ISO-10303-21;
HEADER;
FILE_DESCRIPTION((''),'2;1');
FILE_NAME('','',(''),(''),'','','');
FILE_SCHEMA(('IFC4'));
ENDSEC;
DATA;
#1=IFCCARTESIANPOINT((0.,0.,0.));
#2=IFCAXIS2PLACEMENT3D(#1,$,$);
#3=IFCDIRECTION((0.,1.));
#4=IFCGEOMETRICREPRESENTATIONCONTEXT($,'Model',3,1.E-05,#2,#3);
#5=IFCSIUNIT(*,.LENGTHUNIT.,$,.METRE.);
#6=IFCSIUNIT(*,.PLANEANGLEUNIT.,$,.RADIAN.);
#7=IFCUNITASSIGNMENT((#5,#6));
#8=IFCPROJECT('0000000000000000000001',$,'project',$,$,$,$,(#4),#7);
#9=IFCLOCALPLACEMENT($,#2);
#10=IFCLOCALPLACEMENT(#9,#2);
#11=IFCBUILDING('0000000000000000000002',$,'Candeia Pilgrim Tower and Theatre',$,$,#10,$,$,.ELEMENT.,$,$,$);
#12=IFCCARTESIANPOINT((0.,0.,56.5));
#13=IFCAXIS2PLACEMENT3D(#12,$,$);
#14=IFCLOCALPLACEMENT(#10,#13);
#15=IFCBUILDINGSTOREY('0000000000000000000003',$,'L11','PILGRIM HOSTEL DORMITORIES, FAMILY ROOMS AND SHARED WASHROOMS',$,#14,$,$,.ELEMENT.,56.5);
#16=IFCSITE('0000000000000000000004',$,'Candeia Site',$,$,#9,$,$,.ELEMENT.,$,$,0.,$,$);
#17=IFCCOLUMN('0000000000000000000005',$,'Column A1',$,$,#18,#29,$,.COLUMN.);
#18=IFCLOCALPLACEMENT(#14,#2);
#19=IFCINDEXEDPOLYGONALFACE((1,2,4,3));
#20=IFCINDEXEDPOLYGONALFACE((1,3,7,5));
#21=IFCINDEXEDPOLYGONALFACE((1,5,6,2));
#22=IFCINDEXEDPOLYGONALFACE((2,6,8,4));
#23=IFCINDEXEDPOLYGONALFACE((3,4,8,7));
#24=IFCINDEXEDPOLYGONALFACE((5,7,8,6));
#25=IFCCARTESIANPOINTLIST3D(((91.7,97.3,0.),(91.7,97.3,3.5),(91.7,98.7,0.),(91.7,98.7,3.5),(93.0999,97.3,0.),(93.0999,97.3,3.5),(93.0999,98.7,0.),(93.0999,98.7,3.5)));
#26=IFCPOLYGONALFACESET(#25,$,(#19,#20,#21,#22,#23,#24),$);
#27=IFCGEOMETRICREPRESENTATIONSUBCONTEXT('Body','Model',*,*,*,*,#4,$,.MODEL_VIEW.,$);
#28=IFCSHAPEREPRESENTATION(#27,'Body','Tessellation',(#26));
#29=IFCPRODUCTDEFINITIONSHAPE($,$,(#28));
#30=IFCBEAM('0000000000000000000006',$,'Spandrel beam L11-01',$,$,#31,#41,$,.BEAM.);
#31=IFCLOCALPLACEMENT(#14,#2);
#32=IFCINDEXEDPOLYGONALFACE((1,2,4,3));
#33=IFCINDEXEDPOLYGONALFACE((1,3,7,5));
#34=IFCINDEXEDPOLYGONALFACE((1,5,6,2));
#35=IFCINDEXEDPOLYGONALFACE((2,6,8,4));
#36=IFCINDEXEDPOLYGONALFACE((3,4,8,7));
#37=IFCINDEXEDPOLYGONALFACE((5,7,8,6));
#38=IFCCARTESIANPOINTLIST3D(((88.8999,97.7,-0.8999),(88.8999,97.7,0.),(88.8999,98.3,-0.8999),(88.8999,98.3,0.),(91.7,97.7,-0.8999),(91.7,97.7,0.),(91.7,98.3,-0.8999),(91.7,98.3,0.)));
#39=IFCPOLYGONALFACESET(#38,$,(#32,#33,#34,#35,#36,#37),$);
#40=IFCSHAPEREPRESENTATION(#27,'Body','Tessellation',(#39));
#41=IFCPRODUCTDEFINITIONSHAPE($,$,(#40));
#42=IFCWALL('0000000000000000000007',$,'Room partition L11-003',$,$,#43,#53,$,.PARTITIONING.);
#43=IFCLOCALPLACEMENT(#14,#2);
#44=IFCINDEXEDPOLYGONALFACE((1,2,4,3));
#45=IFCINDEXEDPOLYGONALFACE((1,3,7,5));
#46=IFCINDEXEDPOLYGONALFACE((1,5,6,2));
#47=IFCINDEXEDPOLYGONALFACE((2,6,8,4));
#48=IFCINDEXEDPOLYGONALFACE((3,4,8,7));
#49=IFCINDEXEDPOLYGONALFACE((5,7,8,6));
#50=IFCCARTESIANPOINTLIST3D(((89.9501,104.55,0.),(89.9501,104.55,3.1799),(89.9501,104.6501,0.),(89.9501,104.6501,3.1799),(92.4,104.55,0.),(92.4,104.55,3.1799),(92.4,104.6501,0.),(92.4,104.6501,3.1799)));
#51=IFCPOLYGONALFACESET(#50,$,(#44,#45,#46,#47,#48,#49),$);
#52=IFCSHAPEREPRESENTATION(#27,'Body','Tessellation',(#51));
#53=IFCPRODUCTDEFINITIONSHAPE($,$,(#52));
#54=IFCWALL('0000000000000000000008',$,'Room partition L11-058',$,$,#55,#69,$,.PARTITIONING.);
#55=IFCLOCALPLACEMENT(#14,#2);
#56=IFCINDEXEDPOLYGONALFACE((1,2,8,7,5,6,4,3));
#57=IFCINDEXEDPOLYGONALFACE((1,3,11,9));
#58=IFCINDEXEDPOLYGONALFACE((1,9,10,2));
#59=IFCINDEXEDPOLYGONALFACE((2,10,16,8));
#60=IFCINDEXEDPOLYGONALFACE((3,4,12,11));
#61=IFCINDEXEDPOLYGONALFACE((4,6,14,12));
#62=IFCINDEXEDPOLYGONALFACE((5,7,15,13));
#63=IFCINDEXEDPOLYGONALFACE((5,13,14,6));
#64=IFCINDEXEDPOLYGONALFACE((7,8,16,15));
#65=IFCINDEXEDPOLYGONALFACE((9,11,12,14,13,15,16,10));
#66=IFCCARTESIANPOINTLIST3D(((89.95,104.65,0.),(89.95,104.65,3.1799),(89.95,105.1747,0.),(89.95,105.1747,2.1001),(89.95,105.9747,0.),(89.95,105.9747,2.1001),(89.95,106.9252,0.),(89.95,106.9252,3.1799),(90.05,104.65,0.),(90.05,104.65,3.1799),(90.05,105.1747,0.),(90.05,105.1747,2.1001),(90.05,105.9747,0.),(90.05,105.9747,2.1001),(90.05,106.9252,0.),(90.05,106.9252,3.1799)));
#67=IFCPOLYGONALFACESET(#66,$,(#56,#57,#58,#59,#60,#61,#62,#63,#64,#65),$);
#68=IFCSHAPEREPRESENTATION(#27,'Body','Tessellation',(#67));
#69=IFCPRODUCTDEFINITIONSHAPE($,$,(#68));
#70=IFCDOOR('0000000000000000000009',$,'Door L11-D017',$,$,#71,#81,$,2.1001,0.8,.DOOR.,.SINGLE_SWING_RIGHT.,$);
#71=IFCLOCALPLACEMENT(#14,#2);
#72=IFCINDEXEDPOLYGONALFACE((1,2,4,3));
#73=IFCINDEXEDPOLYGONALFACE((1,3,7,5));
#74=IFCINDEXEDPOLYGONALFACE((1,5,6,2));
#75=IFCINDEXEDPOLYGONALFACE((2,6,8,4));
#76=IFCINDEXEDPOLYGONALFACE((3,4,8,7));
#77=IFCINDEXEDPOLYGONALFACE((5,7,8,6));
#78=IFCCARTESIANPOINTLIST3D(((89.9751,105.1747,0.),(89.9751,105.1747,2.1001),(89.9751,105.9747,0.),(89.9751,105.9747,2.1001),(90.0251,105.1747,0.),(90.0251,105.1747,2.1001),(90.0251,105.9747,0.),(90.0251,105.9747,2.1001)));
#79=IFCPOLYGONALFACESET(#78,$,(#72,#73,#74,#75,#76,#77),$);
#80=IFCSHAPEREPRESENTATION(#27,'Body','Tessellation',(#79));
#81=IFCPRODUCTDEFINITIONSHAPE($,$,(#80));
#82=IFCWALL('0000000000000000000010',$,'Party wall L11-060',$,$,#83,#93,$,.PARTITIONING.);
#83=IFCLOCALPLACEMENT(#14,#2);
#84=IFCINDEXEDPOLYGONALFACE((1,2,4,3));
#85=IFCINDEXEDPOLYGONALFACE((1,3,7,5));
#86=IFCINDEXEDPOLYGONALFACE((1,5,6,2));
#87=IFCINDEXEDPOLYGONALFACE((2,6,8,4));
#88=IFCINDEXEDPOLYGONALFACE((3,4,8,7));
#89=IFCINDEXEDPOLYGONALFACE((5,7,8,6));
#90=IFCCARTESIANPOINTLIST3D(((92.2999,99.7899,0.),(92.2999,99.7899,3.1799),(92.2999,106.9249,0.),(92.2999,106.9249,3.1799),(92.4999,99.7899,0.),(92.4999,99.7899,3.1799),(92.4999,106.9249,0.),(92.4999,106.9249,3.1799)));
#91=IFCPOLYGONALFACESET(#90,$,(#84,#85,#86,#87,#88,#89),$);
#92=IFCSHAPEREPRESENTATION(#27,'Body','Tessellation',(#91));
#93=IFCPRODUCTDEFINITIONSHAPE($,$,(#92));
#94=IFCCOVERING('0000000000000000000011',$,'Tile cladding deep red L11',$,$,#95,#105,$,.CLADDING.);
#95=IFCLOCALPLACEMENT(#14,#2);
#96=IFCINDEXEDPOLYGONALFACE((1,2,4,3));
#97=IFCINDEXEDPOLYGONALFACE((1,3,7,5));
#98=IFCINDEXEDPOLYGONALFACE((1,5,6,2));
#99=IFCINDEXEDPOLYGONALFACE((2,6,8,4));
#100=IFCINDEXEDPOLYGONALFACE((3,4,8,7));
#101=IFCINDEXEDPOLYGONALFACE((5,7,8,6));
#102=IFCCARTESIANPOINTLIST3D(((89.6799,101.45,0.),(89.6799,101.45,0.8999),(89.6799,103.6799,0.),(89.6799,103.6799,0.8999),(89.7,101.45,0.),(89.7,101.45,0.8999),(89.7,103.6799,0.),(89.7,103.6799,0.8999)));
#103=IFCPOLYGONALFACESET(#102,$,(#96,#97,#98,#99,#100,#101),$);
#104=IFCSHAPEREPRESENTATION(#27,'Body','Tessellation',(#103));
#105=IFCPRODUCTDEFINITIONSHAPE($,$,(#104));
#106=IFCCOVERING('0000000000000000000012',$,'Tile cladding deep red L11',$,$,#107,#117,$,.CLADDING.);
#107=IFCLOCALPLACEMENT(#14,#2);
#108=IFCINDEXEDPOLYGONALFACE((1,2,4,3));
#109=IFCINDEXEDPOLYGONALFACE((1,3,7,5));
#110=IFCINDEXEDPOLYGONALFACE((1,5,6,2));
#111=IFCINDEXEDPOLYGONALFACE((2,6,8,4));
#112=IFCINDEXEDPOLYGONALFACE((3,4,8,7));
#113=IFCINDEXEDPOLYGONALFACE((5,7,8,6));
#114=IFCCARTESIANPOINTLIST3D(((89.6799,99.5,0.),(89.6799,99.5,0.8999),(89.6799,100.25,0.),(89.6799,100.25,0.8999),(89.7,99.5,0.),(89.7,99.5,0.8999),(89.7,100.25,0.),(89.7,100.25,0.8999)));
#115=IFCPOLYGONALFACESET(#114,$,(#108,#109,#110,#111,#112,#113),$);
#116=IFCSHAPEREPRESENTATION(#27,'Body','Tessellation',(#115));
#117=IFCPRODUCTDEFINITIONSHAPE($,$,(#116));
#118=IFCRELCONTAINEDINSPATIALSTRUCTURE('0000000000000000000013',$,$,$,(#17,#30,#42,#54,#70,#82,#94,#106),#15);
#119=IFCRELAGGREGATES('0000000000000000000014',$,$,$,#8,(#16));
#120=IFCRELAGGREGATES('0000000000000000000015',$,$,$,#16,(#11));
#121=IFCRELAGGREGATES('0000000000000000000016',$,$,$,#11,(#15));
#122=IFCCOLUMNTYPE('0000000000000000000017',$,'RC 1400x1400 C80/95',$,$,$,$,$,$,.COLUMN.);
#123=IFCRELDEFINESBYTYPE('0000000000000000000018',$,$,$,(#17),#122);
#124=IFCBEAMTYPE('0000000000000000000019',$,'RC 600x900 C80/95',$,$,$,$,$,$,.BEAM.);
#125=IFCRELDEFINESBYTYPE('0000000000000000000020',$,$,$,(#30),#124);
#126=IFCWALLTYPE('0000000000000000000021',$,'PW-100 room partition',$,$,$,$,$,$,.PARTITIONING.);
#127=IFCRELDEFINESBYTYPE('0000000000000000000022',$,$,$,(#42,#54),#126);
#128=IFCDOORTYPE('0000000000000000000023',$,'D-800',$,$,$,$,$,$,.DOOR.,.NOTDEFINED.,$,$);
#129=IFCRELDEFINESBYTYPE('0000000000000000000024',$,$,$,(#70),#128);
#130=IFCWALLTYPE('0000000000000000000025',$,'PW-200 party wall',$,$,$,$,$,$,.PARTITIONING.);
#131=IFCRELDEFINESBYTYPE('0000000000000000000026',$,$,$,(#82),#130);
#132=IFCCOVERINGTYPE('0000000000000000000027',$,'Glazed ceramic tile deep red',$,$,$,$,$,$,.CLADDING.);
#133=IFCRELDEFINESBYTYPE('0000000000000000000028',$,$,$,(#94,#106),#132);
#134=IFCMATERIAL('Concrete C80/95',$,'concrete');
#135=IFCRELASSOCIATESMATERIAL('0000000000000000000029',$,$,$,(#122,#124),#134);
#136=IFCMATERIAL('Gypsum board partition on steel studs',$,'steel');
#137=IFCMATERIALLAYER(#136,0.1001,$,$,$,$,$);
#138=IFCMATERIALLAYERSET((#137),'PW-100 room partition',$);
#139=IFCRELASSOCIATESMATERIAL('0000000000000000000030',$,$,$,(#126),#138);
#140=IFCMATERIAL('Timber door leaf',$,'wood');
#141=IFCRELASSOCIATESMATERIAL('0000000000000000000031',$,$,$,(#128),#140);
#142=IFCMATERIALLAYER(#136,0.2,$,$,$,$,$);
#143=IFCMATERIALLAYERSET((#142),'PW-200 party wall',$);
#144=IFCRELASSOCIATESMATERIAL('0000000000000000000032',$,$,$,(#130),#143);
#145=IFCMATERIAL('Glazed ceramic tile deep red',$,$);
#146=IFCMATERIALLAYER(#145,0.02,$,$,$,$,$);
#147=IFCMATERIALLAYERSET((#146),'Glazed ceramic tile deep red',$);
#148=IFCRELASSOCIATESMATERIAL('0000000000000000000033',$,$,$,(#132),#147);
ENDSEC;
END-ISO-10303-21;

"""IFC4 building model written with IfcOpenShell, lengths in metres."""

from ifc_helpers import new_model, si_unit, direction, frame, frame_2d, origin, origin_2d, place, context, subcontext, project, spatial, rectangle, extrude, material, layer, layer_set, material_profile, profile_set, type_object, element, fill, save


model = new_model("IFC4")

# Units and contexts
model_context = context("Model", 3, precision=1e-05, world=origin(), true_north=direction((0.0, 1.0)))
body_context = subcontext(model_context, "Body", "Model", "MODEL_VIEW")
ifc_project = project(units=[si_unit("LENGTHUNIT", "METRE"), si_unit("PLANEANGLEUNIT", "RADIAN")], contexts=[model_context])

# Site, building, storey
site_placement = place(None, origin())
site = spatial("IfcSite", under=ifc_project, at=site_placement, Name="Candeia Site", CompositionType="ELEMENT", RefElevation=0.0)
building_placement = place(site_placement, origin())
building = spatial("IfcBuilding", under=site, at=building_placement, Name="Candeia Pilgrim Tower and Theatre", CompositionType="ELEMENT")
storey_placement = place(building_placement, frame((0.0, 0.0, 56.5)))
storey = spatial("IfcBuildingStorey", under=building, at=storey_placement, Name="L11", Description="PILGRIM HOSTEL DORMITORIES, FAMILY ROOMS AND SHARED WASHROOMS", CompositionType="ELEMENT", Elevation=56.5)

# Column
ifc_material_1 = material(Name="Concrete C80/95", Category="concrete")
ifc_material_profile_1 = material_profile(ifc_material_1, rectangle(XDim=1.3999, YDim=1.3999, at=origin_2d()))
ifc_profile_set_1 = profile_set([ifc_material_profile_1], Name="Concrete C80/95")
column_type = type_object("IfcColumnType", Name="RC 1400x1400 C80/95", PredefinedType="COLUMN", material=ifc_profile_set_1)
column_placement = place(storey_placement, frame((92.3999, 98.0, 0.0), z_axis=(0.0, 0.0, 1.0), x_axis=(1.0, 0.0, 0.0)))
element("IfcColumn", 1, at=column_placement, inside=storey, type_object=column_type, Name="Column A1", PredefinedType="COLUMN", context=body_context, shape_type="SweptSolid", body=[
    extrude(rectangle(XDim=1.3999, YDim=1.3999, at=origin_2d()), origin(), (0.0, 0.0, 1.0), 3.5),
])

# Beam
ifc_material_profile_2 = material_profile(ifc_material_1, rectangle(XDim=0.6001, YDim=0.8999, at=origin_2d()))
ifc_profile_set_2 = profile_set([ifc_material_profile_2], Name="Concrete C80/95")
beam_type = type_object("IfcBeamType", Name="RC 600x900 C80/95", PredefinedType="BEAM", material=ifc_profile_set_2)
beam_placement = place(storey_placement, frame((88.8999, 98.0, -0.45), z_axis=(1.0, 0.0, 0.0), x_axis=(0.0, 1.0, 0.0)))
element("IfcBeam", 2, at=beam_placement, inside=storey, type_object=beam_type, Name="Spandrel beam L11-01", PredefinedType="BEAM", context=body_context, shape_type="SweptSolid", body=[
    extrude(rectangle(XDim=0.6001, YDim=0.8999, at=origin_2d()), origin(), (0.0, 0.0, 1.0), 2.8),
])

# Wall
ifc_material_2 = material(Name="Gypsum board partition on steel studs", Category="steel")
ifc_layer_1 = layer(ifc_material_2, 0.1001)
ifc_layer_set_1 = layer_set([ifc_layer_1], Name="PW-100 room partition")
wall_type_1 = type_object("IfcWallType", Name="PW-100 room partition", PredefinedType="PARTITIONING", material=ifc_layer_set_1)
wall_1_placement = place(storey_placement, frame((89.95, 104.6001, 0.0), z_axis=(0.0, 0.0, 1.0), x_axis=(1.0, 0.0, 0.0)))
element("IfcWall", 3, at=wall_1_placement, inside=storey, type_object=wall_type_1, Name="Room partition L11-003", PredefinedType="PARTITIONING", context=body_context, shape_type="SweptSolid", body=[
    extrude(rectangle(XDim=2.45, YDim=0.1001, at=frame_2d((1.2251, 0.0))), origin(), (0.0, 0.0, 1.0), 3.1799),
])

# Wall, opening, door
wall_2_placement = place(storey_placement, frame((90.0, 104.6499, 0.0), z_axis=(0.0, 0.0, 1.0), x_axis=(0.0, 1.0, 0.0)))
wall_2 = element("IfcWall", 4, at=wall_2_placement, inside=storey, type_object=wall_type_1, Name="Room partition L11-058", PredefinedType="PARTITIONING", context=body_context, shape_type="SweptSolid", body=[
    extrude(rectangle(XDim=2.2751, YDim=0.1001, at=frame_2d((1.1377, 0.0))), origin(), (0.0, 0.0, 1.0), 3.1799),
])
opening_1_placement = place(wall_2_placement, frame((0.5249, 0.0, 0.0)))
opening_1 = element("IfcOpeningElement", 5, at=opening_1_placement, cuts=wall_2, PredefinedType="OPENING", context=body_context, shape_type="SweptSolid", body=[
    extrude(rectangle(XDim=0.8, YDim=2.1001, at=frame_2d((0.3999, 1.05))), frame((0.0, 0.0601, 0.0), z_axis=(0.0, -1.0, 0.0), x_axis=(1.0, 0.0, 0.0)), (0.0, 0.0, 1.0), 0.1201),
])
ifc_material_3 = material(Name="Timber door leaf", Category="wood")
door_type_1 = type_object("IfcDoorType", Name="D-800", OperationType="NOTDEFINED", PredefinedType="DOOR", material=ifc_material_3)
door_1_placement = place(opening_1_placement, origin())
door_1 = element("IfcDoor", 6, at=door_1_placement, inside=storey, type_object=door_type_1, Name="Door L11-D017", OperationType="SINGLE_SWING_RIGHT", OverallHeight=2.1001, OverallWidth=0.8, PredefinedType="DOOR", context=body_context, shape_type="SweptSolid", body=[
    extrude(rectangle(XDim=0.8, YDim=2.1001, at=frame_2d((0.3999, 1.05))), frame((0.0, 0.0249, 0.0), z_axis=(0.0, -1.0, 0.0), x_axis=(1.0, 0.0, 0.0)), (0.0, 0.0, 1.0), 0.05),
])
fill(opening_1, door_1)

# Wall
ifc_layer_2 = layer(ifc_material_2, 0.2)
ifc_layer_set_2 = layer_set([ifc_layer_2], Name="PW-200 party wall")
wall_type_2 = type_object("IfcWallType", Name="PW-200 party wall", PredefinedType="PARTITIONING", material=ifc_layer_set_2)
wall_3_placement = place(storey_placement, frame((92.3999, 99.79, 0.0), z_axis=(0.0, 0.0, 1.0), x_axis=(0.0, 1.0, 0.0)))
element("IfcWall", 7, at=wall_3_placement, inside=storey, type_object=wall_type_2, Name="Party wall L11-060", PredefinedType="PARTITIONING", context=body_context, shape_type="SweptSolid", body=[
    extrude(rectangle(XDim=7.135, YDim=0.2, at=frame_2d((3.5674, 0.0))), origin(), (0.0, 0.0, 1.0), 3.1799),
])

# Coverings
ifc_material_4 = material(Name="Glazed ceramic tile deep red")
ifc_layer_3 = layer(ifc_material_4, 0.02)
ifc_layer_set_3 = layer_set([ifc_layer_3], Name="Glazed ceramic tile deep red")
covering_type = type_object("IfcCoveringType", Name="Glazed ceramic tile deep red", PredefinedType="CLADDING", material=ifc_layer_set_3)
covering_1_placement = place(storey_placement, frame((89.6899, 102.5649, 0.0), z_axis=(0.0, 0.0, 1.0), x_axis=(0.0, -1.0, 0.0)))
element("IfcCovering", 8, at=covering_1_placement, inside=storey, type_object=covering_type, Name="Tile cladding deep red L11", PredefinedType="CLADDING", context=body_context, shape_type="SweptSolid", body=[
    extrude(rectangle(XDim=2.23, YDim=0.02, at=origin_2d()), origin(), (0.0, 0.0, 1.0), 0.8999),
])
covering_2_placement = place(storey_placement, frame((89.6899, 99.875, 0.0), z_axis=(0.0, 0.0, 1.0), x_axis=(0.0, -1.0, 0.0)))
element("IfcCovering", 9, at=covering_2_placement, inside=storey, type_object=covering_type, Name="Tile cladding deep red L11", PredefinedType="CLADDING", context=body_context, shape_type="SweptSolid", body=[
    extrude(rectangle(XDim=0.75, YDim=0.02, at=origin_2d()), origin(), (0.0, 0.0, 1.0), 0.8999),
])

save(model, "model.ifc")
